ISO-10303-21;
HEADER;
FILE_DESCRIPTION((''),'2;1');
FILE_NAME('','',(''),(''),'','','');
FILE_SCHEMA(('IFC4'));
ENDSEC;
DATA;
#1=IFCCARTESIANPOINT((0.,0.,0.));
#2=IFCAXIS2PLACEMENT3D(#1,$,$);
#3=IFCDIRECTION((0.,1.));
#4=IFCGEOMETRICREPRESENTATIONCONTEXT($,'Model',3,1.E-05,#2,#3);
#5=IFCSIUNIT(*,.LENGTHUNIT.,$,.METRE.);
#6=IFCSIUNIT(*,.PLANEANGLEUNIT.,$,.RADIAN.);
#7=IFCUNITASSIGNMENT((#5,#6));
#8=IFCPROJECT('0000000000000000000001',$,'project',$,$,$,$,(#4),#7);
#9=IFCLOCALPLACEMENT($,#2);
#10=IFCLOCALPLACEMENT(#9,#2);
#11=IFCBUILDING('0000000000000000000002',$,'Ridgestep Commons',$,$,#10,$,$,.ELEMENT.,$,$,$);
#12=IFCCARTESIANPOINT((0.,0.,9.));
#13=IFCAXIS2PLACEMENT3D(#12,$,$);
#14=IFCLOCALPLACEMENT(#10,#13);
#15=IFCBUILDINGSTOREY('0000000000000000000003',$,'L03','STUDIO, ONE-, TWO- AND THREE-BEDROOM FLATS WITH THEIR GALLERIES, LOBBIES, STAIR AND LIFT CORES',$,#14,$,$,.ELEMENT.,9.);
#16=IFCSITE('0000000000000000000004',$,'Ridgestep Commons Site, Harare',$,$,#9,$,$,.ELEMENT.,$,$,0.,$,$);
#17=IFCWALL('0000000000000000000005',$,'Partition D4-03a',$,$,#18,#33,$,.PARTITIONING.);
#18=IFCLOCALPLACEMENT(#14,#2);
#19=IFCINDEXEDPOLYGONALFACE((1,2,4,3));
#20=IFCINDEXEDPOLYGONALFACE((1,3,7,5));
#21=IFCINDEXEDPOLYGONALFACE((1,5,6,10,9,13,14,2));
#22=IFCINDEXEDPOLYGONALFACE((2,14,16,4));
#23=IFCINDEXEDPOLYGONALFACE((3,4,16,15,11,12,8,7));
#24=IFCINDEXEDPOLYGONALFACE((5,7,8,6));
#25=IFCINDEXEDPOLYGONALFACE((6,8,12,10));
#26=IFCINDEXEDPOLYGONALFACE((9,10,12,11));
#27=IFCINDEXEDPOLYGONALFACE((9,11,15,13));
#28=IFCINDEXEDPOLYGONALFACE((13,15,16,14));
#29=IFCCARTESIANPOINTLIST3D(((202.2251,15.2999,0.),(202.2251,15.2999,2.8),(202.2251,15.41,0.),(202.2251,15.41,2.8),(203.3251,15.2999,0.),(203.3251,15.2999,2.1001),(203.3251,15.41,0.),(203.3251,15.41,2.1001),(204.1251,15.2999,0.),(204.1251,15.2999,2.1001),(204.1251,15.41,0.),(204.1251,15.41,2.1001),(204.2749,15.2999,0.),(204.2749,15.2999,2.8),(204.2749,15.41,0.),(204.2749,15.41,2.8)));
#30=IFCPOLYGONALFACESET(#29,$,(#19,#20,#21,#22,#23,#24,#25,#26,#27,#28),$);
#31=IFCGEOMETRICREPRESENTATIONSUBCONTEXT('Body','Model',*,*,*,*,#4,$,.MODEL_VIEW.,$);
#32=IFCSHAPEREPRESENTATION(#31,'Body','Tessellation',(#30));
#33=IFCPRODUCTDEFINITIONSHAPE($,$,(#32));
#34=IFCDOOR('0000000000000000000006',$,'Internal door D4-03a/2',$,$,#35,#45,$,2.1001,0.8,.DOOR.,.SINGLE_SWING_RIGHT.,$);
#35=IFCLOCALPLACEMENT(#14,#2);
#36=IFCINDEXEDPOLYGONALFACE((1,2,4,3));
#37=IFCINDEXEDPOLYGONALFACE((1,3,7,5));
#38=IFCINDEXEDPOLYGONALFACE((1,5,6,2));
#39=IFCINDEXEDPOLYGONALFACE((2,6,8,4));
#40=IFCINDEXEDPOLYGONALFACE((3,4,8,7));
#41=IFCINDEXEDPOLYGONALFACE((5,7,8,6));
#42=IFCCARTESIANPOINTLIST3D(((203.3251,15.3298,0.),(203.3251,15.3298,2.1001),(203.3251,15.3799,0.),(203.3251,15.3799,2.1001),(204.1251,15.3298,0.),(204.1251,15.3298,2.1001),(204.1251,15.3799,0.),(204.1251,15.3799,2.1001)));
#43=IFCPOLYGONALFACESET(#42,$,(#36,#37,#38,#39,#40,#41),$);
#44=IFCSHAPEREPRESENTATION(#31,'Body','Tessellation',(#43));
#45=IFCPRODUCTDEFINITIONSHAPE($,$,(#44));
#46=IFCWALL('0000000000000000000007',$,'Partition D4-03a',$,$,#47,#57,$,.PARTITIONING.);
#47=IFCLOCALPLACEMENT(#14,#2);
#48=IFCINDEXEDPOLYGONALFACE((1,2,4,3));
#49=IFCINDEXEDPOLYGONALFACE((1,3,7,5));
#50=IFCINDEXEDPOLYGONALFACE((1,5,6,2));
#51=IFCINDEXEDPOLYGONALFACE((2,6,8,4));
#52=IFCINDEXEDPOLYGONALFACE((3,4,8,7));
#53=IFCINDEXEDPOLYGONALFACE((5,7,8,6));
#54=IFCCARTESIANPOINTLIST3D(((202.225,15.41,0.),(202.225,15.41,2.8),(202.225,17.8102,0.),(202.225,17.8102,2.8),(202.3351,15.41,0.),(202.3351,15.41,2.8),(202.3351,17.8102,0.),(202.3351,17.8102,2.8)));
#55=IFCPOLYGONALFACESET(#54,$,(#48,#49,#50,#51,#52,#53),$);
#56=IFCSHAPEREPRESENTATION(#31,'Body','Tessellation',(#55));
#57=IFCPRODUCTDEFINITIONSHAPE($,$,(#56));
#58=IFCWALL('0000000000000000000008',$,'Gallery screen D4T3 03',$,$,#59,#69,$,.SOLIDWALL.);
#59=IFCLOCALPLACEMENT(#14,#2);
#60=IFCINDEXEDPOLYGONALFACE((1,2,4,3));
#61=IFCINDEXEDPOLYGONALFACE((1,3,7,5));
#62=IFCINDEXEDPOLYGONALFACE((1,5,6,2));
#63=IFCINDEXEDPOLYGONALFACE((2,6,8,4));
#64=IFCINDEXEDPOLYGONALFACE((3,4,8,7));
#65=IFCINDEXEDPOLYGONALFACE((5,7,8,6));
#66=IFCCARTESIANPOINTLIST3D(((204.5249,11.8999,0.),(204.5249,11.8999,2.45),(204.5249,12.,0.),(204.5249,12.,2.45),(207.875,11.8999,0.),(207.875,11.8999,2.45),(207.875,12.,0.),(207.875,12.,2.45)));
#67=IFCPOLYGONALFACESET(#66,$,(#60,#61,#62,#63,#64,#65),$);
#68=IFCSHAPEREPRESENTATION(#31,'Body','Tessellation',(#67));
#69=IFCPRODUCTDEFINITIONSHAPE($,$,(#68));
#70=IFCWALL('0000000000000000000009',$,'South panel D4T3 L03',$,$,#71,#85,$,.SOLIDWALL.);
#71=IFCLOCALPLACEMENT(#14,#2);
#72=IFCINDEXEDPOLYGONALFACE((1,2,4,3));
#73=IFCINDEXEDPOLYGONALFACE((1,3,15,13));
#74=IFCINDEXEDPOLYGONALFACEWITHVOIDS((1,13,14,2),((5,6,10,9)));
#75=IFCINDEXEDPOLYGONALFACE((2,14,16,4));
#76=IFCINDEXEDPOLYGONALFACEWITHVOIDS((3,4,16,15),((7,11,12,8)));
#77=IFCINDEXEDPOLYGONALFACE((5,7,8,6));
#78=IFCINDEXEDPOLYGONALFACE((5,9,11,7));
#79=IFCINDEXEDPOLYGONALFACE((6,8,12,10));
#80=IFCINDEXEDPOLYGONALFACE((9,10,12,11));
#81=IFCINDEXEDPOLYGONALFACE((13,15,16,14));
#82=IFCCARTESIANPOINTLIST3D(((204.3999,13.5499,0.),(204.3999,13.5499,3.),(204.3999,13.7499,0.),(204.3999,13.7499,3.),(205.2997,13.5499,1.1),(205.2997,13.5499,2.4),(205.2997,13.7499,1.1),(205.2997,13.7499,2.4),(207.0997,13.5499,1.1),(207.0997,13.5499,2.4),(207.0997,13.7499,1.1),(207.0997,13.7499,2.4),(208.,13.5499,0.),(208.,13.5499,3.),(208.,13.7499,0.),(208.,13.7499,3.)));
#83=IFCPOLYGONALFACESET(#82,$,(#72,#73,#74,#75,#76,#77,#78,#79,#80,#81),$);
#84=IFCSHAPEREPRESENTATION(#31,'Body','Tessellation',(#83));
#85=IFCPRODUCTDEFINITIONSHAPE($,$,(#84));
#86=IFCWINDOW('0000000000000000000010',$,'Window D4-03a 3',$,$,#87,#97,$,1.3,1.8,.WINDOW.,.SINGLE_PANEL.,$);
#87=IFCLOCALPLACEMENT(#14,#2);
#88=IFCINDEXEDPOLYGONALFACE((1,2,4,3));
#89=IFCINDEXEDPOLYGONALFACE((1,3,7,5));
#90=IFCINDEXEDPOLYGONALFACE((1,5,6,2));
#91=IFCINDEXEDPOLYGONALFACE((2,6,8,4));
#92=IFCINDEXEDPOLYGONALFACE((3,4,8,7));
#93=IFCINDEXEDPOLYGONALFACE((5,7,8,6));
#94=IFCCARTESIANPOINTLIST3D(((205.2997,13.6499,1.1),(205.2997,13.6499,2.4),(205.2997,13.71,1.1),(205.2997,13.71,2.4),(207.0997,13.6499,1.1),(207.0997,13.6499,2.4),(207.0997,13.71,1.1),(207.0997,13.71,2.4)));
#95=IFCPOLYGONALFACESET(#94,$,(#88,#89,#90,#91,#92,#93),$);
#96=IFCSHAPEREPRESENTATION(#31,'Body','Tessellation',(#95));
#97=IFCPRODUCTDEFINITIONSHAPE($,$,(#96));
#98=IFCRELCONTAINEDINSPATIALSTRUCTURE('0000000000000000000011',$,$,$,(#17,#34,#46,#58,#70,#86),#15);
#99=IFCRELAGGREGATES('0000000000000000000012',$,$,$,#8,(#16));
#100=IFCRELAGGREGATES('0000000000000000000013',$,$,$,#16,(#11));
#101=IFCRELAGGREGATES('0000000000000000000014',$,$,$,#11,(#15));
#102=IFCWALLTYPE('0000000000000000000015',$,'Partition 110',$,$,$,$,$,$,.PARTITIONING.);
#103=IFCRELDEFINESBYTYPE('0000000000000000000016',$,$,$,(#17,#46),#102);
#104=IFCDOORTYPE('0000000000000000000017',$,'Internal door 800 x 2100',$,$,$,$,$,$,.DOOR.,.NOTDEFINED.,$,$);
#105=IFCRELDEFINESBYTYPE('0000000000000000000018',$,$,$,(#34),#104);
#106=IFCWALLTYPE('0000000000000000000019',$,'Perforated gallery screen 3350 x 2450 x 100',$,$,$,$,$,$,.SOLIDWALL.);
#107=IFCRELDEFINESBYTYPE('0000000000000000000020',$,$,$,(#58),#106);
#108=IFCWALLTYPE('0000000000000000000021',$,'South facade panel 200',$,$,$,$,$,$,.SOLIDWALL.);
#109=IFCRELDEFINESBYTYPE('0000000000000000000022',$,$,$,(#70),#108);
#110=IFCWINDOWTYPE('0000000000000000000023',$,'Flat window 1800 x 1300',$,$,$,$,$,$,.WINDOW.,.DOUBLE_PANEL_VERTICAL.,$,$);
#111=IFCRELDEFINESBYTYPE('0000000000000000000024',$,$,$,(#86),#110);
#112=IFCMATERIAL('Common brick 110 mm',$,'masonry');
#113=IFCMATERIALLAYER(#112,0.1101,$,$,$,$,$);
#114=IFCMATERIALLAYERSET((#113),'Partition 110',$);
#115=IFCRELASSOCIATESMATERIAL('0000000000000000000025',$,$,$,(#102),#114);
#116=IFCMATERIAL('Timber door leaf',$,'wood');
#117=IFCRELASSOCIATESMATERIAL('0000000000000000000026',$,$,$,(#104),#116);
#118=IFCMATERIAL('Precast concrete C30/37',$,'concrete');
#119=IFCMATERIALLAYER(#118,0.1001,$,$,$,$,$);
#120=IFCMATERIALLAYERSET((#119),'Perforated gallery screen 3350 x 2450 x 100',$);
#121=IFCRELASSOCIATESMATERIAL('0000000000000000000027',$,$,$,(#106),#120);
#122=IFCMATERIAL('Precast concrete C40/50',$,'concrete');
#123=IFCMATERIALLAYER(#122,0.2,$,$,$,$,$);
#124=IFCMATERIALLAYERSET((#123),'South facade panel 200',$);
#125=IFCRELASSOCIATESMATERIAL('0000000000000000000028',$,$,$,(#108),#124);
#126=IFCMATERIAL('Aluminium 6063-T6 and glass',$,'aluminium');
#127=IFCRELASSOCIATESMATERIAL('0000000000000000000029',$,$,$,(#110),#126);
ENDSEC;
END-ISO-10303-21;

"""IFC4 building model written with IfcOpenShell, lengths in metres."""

from ifc_helpers import new_model, si_unit, direction, frame, frame_2d, origin, place, context, subcontext, project, spatial, rectangle, extrude, material, layer, layer_set, type_object, element, fill, save


model = new_model("IFC4")

# Units and contexts
model_context = context("Model", 3, precision=1e-05, world=origin(), true_north=direction((0.0, 1.0)))
body_context = subcontext(model_context, "Body", "Model", "MODEL_VIEW")
ifc_project = project(units=[si_unit("LENGTHUNIT", "METRE"), si_unit("PLANEANGLEUNIT", "RADIAN")], contexts=[model_context])

# Site, building, storey
site_placement = place(None, origin())
site = spatial("IfcSite", under=ifc_project, at=site_placement, Name="Ridgestep Commons Site, Harare", CompositionType="ELEMENT", RefElevation=0.0)
building_placement = place(site_placement, origin())
building = spatial("IfcBuilding", under=site, at=building_placement, Name="Ridgestep Commons", CompositionType="ELEMENT")
storey_placement = place(building_placement, frame((0.0, 0.0, 9.0)))
storey = spatial("IfcBuildingStorey", under=building, at=storey_placement, Name="L03", Description="STUDIO, ONE-, TWO- AND THREE-BEDROOM FLATS WITH THEIR GALLERIES, LOBBIES, STAIR AND LIFT CORES", CompositionType="ELEMENT", Elevation=9.0)

# Wall, opening, door
ifc_material_1 = material(Name="Common brick 110 mm", Category="masonry")
ifc_layer_1 = layer(ifc_material_1, 0.1101)
ifc_layer_set_1 = layer_set([ifc_layer_1], Name="Partition 110")
wall_type_1 = type_object("IfcWallType", Name="Partition 110", PredefinedType="PARTITIONING", material=ifc_layer_set_1)
wall_1_placement = place(storey_placement, frame((202.2251, 15.355, 0.0), z_axis=(0.0, 0.0, 1.0), x_axis=(1.0, 0.0, 0.0)))
wall_1 = element("IfcWall", 1, at=wall_1_placement, inside=storey, type_object=wall_type_1, Name="Partition D4-03a", PredefinedType="PARTITIONING", context=body_context, shape_type="SweptSolid", body=[
    extrude(rectangle(XDim=2.0498, YDim=0.1101, at=frame_2d((1.0249, 0.0))), origin(), (0.0, 0.0, 1.0), 2.8),
])
opening_1_placement = place(wall_1_placement, frame((1.1001, 0.0, 0.0)))
opening_1 = element("IfcOpeningElement", 2, at=opening_1_placement, cuts=wall_1, PredefinedType="OPENING", context=body_context, shape_type="SweptSolid", body=[
    extrude(rectangle(XDim=0.8, YDim=2.1001, at=frame_2d((0.3999, 1.05))), frame((0.0, 0.0649, 0.0), z_axis=(0.0, -1.0, 0.0), x_axis=(1.0, 0.0, 0.0)), (0.0, 0.0, 1.0), 0.1301),
])
ifc_material_2 = material(Name="Timber door leaf", Category="wood")
door_type_1 = type_object("IfcDoorType", Name="Internal door 800 x 2100", OperationType="NOTDEFINED", PredefinedType="DOOR", material=ifc_material_2)
door_1_placement = place(opening_1_placement, origin())
door_1 = element("IfcDoor", 3, at=door_1_placement, inside=storey, type_object=door_type_1, Name="Internal door D4-03a/2", OperationType="SINGLE_SWING_RIGHT", OverallHeight=2.1001, OverallWidth=0.8, PredefinedType="DOOR", context=body_context, shape_type="SweptSolid", body=[
    extrude(rectangle(XDim=0.8, YDim=2.1001, at=frame_2d((0.3999, 1.05))), frame((0.0, 0.0249, 0.0), z_axis=(0.0, -1.0, 0.0), x_axis=(1.0, 0.0, 0.0)), (0.0, 0.0, 1.0), 0.05),
])
fill(opening_1, door_1)

# Walls
wall_2_placement = place(storey_placement, frame((202.28, 15.4099, 0.0), z_axis=(0.0, 0.0, 1.0), x_axis=(0.0, 1.0, 0.0)))
element("IfcWall", 4, at=wall_2_placement, inside=storey, type_object=wall_type_1, Name="Partition D4-03a", PredefinedType="PARTITIONING", context=body_context, shape_type="SweptSolid", body=[
    extrude(rectangle(XDim=2.4001, YDim=0.1101, at=frame_2d((1.2002, 0.0))), origin(), (0.0, 0.0, 1.0), 2.8),
])
ifc_material_3 = material(Name="Precast concrete C30/37", Category="concrete")
ifc_layer_2 = layer(ifc_material_3, 0.1001)
ifc_layer_set_2 = layer_set([ifc_layer_2], Name="Perforated gallery screen 3350 x 2450 x 100")
wall_type_2 = type_object("IfcWallType", Name="Perforated gallery screen 3350 x 2450 x 100", PredefinedType="SOLIDWALL", material=ifc_layer_set_2)
wall_3_placement = place(storey_placement, frame((204.5249, 11.95, 0.0), z_axis=(0.0, 0.0, 1.0), x_axis=(1.0, 0.0, 0.0)))
element("IfcWall", 5, at=wall_3_placement, inside=storey, type_object=wall_type_2, Name="Gallery screen D4T3 03", PredefinedType="SOLIDWALL", context=body_context, shape_type="SweptSolid", body=[
    extrude(rectangle(XDim=3.3501, YDim=0.1001, at=frame_2d((1.675, 0.0))), origin(), (0.0, 0.0, 1.0), 2.45),
])

# Wall, opening, window
ifc_material_4 = material(Name="Precast concrete C40/50", Category="concrete")
ifc_layer_3 = layer(ifc_material_4, 0.2)
ifc_layer_set_3 = layer_set([ifc_layer_3], Name="South facade panel 200")
wall_type_3 = type_object("IfcWallType", Name="South facade panel 200", PredefinedType="SOLIDWALL", material=ifc_layer_set_3)
wall_4_placement = place(storey_placement, frame((204.3999, 13.6499, 0.0), z_axis=(0.0, 0.0, 1.0), x_axis=(1.0, 0.0, 0.0)))
wall_4 = element("IfcWall", 6, at=wall_4_placement, inside=storey, type_object=wall_type_3, Name="South panel D4T3 L03", PredefinedType="SOLIDWALL", context=body_context, shape_type="SweptSolid", body=[
    extrude(rectangle(XDim=3.6001, YDim=0.2, at=frame_2d((1.8, 0.0))), origin(), (0.0, 0.0, 1.0), 3.0),
])
opening_2_placement = place(wall_4_placement, frame((0.8999, 0.0, 1.1001)))
opening_2 = element("IfcOpeningElement", 7, at=opening_2_placement, cuts=wall_4, PredefinedType="OPENING", context=body_context, shape_type="SweptSolid", body=[
    extrude(rectangle(XDim=1.8, YDim=1.3, at=frame_2d((0.8999, 0.6499))), frame((0.0, 0.1099, 0.0), z_axis=(0.0, -1.0, 0.0), x_axis=(1.0, 0.0, 0.0)), (0.0, 0.0, 1.0), 0.22),
])
ifc_material_5 = material(Name="Aluminium 6063-T6 and glass", Category="aluminium")
window_type = type_object("IfcWindowType", Name="Flat window 1800 x 1300", PartitioningType="DOUBLE_PANEL_VERTICAL", PredefinedType="WINDOW", material=ifc_material_5)
window_placement = place(opening_2_placement, origin())
window = element("IfcWindow", 8, at=window_placement, inside=storey, type_object=window_type, Name="Window D4-03a 3", OverallHeight=1.3, OverallWidth=1.8, PartitioningType="SINGLE_PANEL", PredefinedType="WINDOW", context=body_context, shape_type="SweptSolid", body=[
    extrude(rectangle(XDim=1.8, YDim=1.3, at=frame_2d((0.8999, 0.6499))), frame((0.0, 0.0601, 0.0), z_axis=(0.0, -1.0, 0.0), x_axis=(1.0, 0.0, 0.0)), (0.0, 0.0, 1.0), 0.0601),
])
fill(opening_2, window)

save(model, "model.ifc")
